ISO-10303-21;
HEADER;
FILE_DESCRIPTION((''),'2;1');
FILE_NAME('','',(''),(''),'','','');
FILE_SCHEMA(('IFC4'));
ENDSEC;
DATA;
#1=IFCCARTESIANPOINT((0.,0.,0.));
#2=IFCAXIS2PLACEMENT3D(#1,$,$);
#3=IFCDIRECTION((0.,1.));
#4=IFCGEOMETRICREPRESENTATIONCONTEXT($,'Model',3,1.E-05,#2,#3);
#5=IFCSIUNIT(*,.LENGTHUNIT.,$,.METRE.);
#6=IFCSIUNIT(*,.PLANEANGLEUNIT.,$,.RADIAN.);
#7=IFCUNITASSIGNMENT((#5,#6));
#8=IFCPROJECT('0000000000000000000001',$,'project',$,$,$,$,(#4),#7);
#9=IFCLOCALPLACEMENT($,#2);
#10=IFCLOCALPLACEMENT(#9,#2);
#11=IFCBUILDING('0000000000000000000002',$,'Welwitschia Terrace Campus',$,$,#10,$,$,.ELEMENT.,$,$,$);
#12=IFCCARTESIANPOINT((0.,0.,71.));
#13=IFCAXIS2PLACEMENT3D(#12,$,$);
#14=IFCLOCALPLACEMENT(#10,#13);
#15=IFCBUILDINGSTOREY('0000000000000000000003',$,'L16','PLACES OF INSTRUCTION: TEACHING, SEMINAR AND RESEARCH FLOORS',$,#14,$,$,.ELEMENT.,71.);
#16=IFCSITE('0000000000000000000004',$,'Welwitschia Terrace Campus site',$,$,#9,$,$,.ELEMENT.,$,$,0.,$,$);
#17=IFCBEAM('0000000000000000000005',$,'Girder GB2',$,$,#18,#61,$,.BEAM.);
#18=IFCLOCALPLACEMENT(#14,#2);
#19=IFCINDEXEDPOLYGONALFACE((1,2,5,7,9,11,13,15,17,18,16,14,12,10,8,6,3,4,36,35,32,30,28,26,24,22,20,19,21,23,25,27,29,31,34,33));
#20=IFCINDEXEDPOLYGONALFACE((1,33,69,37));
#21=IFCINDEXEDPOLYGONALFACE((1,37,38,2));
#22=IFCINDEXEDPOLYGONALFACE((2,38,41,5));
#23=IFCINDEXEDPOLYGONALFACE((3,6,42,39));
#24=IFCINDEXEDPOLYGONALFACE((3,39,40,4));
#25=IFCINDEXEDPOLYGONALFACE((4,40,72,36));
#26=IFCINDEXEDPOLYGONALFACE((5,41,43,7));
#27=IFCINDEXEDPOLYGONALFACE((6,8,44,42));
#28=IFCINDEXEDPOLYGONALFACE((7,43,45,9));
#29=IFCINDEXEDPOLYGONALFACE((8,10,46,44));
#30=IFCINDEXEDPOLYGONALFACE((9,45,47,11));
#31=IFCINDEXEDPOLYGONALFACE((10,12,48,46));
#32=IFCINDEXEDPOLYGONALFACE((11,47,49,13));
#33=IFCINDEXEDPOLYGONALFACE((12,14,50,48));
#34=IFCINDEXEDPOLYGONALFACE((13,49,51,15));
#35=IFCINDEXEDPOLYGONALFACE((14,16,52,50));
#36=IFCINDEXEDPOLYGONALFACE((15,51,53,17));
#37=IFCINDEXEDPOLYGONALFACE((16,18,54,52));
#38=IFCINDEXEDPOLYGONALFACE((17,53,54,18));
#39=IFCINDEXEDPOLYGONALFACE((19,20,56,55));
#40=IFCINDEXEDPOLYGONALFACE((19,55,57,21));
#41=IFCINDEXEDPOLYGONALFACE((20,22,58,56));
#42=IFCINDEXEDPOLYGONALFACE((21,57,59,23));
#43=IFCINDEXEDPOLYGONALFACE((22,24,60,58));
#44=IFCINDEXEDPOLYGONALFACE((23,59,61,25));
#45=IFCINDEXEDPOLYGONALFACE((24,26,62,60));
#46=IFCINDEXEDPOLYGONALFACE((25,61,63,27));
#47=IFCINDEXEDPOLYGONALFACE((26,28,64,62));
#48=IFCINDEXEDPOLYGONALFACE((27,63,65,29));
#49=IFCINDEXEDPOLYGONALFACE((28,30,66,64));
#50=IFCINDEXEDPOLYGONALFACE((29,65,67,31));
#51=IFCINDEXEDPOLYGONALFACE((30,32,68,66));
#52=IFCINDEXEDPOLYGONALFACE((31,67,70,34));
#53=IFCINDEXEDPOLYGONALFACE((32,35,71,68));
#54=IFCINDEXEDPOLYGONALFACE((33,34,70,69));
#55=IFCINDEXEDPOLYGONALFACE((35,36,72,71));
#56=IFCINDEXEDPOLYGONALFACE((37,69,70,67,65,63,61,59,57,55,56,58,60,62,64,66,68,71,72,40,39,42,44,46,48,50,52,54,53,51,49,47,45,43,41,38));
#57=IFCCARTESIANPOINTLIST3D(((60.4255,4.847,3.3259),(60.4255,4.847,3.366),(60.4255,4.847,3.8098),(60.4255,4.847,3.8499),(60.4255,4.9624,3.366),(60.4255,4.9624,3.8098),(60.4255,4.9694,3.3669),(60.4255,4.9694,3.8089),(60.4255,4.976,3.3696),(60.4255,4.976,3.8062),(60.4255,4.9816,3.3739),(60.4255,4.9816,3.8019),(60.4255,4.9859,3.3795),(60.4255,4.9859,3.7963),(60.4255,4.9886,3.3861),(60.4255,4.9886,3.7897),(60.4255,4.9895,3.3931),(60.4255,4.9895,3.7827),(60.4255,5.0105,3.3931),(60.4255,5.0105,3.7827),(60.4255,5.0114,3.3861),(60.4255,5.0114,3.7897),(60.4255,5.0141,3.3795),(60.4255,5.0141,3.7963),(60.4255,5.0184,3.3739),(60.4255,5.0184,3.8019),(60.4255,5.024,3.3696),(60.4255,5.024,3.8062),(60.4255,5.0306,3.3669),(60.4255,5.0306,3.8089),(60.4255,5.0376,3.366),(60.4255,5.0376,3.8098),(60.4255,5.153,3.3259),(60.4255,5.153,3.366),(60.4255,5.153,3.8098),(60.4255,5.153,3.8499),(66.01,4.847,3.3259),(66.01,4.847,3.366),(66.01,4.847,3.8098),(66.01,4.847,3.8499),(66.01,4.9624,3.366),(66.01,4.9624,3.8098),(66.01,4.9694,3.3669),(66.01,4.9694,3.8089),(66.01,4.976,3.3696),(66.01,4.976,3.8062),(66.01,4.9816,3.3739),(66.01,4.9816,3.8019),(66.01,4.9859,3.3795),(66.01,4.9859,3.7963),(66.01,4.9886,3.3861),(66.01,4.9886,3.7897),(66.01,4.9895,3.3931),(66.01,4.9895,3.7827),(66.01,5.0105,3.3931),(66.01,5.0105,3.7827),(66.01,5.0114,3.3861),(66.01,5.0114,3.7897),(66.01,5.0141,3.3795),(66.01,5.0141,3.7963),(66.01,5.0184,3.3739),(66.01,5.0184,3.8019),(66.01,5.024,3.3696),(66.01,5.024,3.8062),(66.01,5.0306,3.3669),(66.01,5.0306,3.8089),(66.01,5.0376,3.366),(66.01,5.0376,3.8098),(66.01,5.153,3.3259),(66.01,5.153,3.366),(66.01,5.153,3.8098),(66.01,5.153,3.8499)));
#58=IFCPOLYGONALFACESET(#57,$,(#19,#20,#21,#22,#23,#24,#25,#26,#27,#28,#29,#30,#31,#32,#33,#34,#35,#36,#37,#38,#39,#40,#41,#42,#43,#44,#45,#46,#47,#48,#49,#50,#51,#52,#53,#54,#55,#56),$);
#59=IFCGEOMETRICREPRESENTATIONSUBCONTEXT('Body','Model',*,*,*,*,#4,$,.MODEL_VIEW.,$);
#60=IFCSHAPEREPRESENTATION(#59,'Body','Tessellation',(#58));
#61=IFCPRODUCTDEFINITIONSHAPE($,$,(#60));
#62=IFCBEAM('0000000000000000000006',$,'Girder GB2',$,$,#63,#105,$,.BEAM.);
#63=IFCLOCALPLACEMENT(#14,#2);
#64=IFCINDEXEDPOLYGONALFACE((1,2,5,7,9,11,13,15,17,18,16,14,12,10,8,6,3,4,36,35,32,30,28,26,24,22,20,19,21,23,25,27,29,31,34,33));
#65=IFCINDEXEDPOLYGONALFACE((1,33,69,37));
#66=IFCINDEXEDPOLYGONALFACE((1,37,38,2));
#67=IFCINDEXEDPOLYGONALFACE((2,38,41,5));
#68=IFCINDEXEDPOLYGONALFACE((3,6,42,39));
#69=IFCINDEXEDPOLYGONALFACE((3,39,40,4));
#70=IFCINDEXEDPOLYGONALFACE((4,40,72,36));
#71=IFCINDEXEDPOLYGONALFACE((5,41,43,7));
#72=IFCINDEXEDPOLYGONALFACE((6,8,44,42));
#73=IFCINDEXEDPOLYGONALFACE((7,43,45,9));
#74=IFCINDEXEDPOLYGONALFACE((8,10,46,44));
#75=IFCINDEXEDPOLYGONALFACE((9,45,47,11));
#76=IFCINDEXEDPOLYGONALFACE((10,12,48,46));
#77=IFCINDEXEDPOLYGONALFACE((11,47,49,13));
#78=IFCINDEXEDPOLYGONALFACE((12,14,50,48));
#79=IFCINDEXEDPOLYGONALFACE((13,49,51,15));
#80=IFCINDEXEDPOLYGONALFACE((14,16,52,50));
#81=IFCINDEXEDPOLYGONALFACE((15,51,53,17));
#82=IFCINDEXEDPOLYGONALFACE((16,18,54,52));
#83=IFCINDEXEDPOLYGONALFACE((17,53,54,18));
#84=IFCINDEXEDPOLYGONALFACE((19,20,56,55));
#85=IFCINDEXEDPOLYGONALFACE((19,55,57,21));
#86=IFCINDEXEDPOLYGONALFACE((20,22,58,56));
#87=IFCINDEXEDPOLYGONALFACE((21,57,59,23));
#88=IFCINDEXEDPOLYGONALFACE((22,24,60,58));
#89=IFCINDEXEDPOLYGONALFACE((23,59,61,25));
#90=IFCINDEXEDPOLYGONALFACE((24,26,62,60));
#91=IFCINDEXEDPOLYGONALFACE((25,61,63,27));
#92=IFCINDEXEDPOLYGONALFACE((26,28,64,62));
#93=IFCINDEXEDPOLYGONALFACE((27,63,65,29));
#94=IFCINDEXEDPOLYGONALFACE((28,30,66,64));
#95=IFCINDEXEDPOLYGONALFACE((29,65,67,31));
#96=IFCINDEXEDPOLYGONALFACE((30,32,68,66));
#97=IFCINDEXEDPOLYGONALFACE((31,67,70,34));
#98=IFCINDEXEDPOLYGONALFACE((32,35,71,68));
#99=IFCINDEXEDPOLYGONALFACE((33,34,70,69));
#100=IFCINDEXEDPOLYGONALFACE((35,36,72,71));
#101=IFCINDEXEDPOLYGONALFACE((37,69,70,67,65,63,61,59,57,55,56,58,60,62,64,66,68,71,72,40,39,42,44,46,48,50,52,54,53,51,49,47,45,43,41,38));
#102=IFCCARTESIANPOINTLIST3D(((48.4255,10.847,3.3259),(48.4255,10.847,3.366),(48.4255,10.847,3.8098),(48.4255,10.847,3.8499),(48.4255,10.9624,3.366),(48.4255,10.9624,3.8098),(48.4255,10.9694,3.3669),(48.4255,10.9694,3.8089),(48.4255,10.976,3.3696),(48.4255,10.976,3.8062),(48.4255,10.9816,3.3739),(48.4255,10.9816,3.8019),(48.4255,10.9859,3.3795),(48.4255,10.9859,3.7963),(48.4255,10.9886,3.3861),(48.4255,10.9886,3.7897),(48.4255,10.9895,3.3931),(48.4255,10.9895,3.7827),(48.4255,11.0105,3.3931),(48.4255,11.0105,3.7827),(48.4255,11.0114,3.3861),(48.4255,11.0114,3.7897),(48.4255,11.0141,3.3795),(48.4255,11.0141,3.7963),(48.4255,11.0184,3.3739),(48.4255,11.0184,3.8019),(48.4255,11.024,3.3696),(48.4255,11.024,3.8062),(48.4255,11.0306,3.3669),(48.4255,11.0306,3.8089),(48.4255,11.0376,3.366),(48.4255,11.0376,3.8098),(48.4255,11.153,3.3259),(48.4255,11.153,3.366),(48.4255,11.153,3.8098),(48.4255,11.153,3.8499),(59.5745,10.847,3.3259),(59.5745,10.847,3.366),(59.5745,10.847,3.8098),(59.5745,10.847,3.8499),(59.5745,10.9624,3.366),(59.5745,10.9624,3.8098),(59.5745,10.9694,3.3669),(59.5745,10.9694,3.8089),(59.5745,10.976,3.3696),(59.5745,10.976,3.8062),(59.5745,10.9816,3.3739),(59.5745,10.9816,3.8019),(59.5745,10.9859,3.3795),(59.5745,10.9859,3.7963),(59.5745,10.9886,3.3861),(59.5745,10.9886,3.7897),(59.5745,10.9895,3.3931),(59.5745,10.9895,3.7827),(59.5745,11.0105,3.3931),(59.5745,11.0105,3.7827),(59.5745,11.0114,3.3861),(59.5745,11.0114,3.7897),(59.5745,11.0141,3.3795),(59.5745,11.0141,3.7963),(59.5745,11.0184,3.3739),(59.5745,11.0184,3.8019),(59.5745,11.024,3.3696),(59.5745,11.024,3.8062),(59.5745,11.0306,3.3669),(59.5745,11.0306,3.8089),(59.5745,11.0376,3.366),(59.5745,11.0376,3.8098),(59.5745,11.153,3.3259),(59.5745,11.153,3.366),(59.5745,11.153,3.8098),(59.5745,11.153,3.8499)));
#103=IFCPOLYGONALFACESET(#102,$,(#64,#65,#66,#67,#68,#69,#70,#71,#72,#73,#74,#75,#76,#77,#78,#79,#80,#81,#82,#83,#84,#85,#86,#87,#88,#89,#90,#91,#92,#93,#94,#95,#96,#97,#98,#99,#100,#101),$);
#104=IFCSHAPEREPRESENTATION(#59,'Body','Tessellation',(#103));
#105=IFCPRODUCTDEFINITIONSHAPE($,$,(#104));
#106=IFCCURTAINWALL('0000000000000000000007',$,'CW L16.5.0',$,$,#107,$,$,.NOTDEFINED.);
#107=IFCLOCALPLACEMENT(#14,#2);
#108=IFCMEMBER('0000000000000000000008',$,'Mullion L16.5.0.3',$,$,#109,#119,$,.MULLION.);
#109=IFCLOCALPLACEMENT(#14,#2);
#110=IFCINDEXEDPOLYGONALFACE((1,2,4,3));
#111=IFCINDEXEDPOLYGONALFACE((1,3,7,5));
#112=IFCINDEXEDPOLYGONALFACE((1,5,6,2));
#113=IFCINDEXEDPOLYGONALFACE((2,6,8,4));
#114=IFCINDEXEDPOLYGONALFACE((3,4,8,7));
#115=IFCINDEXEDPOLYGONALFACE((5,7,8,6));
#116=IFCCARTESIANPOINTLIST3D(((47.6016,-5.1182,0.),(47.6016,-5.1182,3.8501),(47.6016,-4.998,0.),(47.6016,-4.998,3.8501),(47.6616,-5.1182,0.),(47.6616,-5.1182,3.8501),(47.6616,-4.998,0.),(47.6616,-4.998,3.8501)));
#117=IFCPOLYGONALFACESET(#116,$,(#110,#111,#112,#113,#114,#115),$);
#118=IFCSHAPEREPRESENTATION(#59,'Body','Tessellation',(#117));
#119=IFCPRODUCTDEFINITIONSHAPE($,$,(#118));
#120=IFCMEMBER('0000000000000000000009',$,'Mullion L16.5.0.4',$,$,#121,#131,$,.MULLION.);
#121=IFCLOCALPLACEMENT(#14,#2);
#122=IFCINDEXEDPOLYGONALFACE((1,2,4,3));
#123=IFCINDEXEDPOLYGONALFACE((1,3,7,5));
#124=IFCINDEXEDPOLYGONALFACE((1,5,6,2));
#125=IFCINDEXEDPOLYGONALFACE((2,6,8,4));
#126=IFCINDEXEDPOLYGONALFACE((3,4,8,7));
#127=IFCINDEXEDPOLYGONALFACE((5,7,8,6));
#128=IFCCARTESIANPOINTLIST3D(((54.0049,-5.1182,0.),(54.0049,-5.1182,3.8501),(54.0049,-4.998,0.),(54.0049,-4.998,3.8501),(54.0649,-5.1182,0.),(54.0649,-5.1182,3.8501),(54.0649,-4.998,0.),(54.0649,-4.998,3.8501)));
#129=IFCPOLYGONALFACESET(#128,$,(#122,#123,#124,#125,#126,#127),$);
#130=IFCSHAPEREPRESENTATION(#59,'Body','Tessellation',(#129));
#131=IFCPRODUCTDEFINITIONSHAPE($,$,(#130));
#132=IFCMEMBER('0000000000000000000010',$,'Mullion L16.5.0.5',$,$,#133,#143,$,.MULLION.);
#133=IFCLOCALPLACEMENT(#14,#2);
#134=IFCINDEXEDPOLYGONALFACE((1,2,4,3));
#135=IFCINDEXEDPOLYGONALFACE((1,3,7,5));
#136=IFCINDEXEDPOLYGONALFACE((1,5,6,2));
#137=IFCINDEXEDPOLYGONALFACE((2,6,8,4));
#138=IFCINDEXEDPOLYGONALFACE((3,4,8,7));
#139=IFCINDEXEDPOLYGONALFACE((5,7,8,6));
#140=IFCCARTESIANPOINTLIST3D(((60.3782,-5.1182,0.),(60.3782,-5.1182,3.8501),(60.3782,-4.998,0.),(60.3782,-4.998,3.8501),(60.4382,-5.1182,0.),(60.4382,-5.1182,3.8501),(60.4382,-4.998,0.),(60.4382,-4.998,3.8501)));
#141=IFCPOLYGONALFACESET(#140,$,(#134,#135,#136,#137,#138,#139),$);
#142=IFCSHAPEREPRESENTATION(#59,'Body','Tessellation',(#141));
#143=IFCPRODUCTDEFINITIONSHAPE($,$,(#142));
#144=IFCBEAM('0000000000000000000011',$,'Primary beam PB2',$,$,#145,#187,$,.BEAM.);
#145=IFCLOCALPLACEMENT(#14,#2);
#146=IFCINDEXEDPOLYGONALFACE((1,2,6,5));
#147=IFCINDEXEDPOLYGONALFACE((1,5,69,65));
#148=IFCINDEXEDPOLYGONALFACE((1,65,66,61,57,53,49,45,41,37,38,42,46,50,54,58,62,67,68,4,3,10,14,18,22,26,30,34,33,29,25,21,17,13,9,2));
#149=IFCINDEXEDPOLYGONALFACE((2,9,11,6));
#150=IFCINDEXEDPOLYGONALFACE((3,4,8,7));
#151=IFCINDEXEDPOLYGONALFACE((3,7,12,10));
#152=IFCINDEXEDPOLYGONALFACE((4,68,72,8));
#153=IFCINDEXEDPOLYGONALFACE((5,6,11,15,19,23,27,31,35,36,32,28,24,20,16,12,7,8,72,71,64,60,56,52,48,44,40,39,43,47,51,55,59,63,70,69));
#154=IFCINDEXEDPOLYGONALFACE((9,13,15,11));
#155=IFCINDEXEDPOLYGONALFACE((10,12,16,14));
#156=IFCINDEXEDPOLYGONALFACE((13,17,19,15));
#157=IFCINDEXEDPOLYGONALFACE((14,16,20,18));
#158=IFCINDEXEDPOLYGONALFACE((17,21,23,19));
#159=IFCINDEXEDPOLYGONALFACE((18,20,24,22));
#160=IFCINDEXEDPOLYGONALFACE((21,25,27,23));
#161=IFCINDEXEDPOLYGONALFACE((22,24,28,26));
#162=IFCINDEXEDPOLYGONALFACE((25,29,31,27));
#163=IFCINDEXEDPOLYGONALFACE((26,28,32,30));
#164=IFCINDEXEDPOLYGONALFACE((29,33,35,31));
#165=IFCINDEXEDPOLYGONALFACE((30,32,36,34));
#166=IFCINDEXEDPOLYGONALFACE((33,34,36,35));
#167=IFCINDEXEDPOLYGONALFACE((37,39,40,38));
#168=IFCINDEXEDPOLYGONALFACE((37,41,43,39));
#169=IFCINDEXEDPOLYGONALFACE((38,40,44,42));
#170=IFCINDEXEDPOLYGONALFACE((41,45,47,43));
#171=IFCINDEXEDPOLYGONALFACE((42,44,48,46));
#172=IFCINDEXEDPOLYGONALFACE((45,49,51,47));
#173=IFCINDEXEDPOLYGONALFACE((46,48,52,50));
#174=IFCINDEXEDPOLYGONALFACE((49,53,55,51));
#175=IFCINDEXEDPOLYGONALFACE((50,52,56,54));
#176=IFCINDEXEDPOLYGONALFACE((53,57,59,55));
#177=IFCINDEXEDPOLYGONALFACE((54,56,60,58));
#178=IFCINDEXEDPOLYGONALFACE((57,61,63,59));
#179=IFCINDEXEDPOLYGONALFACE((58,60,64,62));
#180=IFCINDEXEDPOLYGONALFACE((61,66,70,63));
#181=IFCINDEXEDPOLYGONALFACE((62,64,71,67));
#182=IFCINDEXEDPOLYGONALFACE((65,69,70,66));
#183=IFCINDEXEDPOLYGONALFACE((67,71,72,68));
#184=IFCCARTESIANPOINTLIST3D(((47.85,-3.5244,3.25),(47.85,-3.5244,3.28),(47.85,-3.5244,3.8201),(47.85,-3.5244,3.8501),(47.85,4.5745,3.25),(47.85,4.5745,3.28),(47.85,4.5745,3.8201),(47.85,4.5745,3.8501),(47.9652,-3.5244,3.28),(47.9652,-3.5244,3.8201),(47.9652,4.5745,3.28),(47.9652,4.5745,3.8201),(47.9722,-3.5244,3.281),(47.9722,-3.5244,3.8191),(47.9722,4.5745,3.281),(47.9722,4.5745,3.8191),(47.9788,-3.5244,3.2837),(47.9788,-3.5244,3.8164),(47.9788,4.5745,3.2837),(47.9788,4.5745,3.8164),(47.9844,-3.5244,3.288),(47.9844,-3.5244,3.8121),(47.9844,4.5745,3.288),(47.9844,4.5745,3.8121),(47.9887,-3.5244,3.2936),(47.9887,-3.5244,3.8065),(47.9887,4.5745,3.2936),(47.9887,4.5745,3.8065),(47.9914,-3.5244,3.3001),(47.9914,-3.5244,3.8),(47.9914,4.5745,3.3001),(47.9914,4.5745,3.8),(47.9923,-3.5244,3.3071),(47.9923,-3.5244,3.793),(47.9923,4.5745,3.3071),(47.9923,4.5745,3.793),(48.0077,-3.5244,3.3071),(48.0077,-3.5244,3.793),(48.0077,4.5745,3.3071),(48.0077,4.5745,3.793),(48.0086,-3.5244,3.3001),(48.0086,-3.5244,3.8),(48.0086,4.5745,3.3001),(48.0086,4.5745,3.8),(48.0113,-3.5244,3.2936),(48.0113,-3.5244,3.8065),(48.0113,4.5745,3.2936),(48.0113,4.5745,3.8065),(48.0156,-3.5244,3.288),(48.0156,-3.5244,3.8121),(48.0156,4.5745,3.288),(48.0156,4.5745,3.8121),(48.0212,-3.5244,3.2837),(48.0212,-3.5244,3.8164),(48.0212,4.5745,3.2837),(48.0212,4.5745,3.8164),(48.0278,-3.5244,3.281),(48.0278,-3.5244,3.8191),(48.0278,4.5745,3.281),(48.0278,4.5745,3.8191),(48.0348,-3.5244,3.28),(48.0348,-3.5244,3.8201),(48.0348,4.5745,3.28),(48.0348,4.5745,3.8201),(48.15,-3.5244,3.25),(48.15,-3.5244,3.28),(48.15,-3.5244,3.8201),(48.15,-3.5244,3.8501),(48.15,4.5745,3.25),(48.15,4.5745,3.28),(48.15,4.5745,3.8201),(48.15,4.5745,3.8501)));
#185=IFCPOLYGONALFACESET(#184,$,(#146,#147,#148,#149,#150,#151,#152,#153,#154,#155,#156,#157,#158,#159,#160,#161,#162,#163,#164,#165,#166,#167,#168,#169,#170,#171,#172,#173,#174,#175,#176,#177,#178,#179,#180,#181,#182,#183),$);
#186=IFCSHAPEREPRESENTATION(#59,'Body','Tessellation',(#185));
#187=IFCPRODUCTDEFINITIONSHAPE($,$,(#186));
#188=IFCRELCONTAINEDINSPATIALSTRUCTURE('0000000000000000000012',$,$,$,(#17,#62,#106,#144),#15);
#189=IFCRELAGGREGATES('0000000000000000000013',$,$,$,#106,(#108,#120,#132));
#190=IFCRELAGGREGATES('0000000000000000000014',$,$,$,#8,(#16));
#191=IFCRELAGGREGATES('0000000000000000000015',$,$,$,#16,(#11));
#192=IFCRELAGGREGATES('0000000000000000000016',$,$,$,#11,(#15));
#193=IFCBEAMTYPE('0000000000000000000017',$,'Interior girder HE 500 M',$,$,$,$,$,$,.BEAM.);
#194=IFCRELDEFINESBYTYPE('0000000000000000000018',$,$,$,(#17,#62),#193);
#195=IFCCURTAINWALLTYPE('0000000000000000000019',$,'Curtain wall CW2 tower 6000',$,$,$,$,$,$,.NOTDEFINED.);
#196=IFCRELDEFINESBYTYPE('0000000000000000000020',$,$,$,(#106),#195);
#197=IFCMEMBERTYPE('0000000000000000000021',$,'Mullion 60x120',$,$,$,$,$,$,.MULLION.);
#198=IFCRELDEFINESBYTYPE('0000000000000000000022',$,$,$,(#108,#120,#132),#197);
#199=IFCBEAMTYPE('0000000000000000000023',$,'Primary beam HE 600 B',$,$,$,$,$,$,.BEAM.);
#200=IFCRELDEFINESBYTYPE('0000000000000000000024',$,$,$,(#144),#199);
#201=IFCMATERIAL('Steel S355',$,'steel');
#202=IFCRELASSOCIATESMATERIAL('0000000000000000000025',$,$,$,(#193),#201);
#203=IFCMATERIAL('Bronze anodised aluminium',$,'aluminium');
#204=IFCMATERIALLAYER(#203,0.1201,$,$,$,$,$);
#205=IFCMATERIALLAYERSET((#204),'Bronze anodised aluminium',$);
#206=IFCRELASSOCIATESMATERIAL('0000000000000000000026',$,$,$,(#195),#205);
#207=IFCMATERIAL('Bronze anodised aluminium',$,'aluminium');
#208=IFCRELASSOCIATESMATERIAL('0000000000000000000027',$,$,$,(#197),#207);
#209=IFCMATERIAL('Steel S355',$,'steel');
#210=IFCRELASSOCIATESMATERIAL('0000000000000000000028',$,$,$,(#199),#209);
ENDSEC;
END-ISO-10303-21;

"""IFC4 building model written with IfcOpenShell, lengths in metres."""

from ifc_helpers import new_model, si_unit, direction, frame, origin, origin_2d, place, context, subcontext, project, spatial, rectangle, i_section, extrude, material, layer, layer_set, material_profile, profile_set, type_object, element, aggregate, save


model = new_model("IFC4")

# Units and contexts
model_context = context("Model", 3, precision=1e-05, world=origin(), true_north=direction((0.0, 1.0)))
body_context = subcontext(model_context, "Body", "Model", "MODEL_VIEW")
ifc_project = project(units=[si_unit("LENGTHUNIT", "METRE"), si_unit("PLANEANGLEUNIT", "RADIAN")], contexts=[model_context])

# Site, building, storey
site_placement = place(None, origin())
site = spatial("IfcSite", under=ifc_project, at=site_placement, Name="Welwitschia Terrace Campus site", CompositionType="ELEMENT", RefElevation=0.0)
building_placement = place(site_placement, origin())
building = spatial("IfcBuilding", under=site, at=building_placement, Name="Welwitschia Terrace Campus", CompositionType="ELEMENT")
storey_placement = place(building_placement, frame((0.0, 0.0, 71.0)))
storey = spatial("IfcBuildingStorey", under=building, at=storey_placement, Name="L16", Description="PLACES OF INSTRUCTION: TEACHING, SEMINAR AND RESEARCH FLOORS", CompositionType="ELEMENT", Elevation=71.0)

# Beams
ifc_material_1 = material(Name="Steel S355", Category="steel")
ifc_material_profile_1 = material_profile(ifc_material_1, i_section(OverallWidth=0.3059, OverallDepth=0.5239, WebThickness=0.021, FlangeThickness=0.04, FilletRadius=0.0271, at=origin_2d()))
ifc_profile_set_1 = profile_set([ifc_material_profile_1], Name="Steel S355")
beam_type_1 = type_object("IfcBeamType", Name="Interior girder HE 500 M", PredefinedType="BEAM", material=ifc_profile_set_1)
beam_1_placement = place(storey_placement, frame((60.4255, 5.0, 3.5879), z_axis=(1.0, 0.0, 0.0), x_axis=(0.0, 1.0, 0.0)))
element("IfcBeam", 1, at=beam_1_placement, inside=storey, type_object=beam_type_1, Name="Girder GB2", PredefinedType="BEAM", context=body_context, shape_type="SweptSolid", body=[
    extrude(i_section(OverallWidth=0.3059, OverallDepth=0.5239, WebThickness=0.021, FlangeThickness=0.04, FilletRadius=0.0271, at=origin_2d()), origin(), (0.0, 0.0, 1.0), 5.5845),
])
beam_2_placement = place(storey_placement, frame((48.4255, 11.0, 3.5879), z_axis=(1.0, 0.0, 0.0), x_axis=(0.0, 1.0, 0.0)))
element("IfcBeam", 2, at=beam_2_placement, inside=storey, type_object=beam_type_1, Name="Girder GB2", PredefinedType="BEAM", context=body_context, shape_type="SweptSolid", body=[
    extrude(i_section(OverallWidth=0.3059, OverallDepth=0.5239, WebThickness=0.021, FlangeThickness=0.04, FilletRadius=0.0271, at=origin_2d()), origin(), (0.0, 0.0, 1.0), 11.1489),
])

# Curtain wall, members
ifc_material_2 = material(Name="Bronze anodised aluminium", Category="aluminium")
ifc_layer_1 = layer(ifc_material_2, 0.1201)
ifc_layer_set_1 = layer_set([ifc_layer_1], Name="Bronze anodised aluminium")
curtain_wall_type = type_object("IfcCurtainWallType", Name="Curtain wall CW2 tower 6000", PredefinedType="NOTDEFINED", material=ifc_layer_set_1)
curtain_wall_1_placement = place(storey_placement, origin())
curtain_wall_1 = element("IfcCurtainWall", 3, at=curtain_wall_1_placement, inside=storey, type_object=curtain_wall_type, Name="CW L16.5.0", PredefinedType="NOTDEFINED")
ifc_material_3 = material(Name="Bronze anodised aluminium", Category="aluminium")
ifc_material_profile_2 = material_profile(ifc_material_3, rectangle(XDim=0.1201, YDim=0.0601, at=origin_2d()))
ifc_profile_set_2 = profile_set([ifc_material_profile_2], Name="Bronze anodised aluminium")
member_type_1 = type_object("IfcMemberType", Name="Mullion 60x120", PredefinedType="MULLION", material=ifc_profile_set_2)
member_1_placement = place(storey_placement, frame((47.6316, -5.0581, 0.0), z_axis=(0.0, 0.0, 1.0), x_axis=(0.0, 1.0, 0.0)))
member_1 = element("IfcMember", 4, at=member_1_placement, type_object=member_type_1, Name="Mullion L16.5.0.3", PredefinedType="MULLION", context=body_context, shape_type="SweptSolid", body=[
    extrude(rectangle(XDim=0.1201, YDim=0.0601, at=origin_2d()), origin(), (0.0, 0.0, 1.0), 3.8501),
])
member_2_placement = place(storey_placement, frame((54.0349, -5.0581, 0.0), z_axis=(0.0, 0.0, 1.0), x_axis=(0.0, 1.0, 0.0)))
member_2 = element("IfcMember", 5, at=member_2_placement, type_object=member_type_1, Name="Mullion L16.5.0.4", PredefinedType="MULLION", context=body_context, shape_type="SweptSolid", body=[
    extrude(rectangle(XDim=0.1201, YDim=0.0601, at=origin_2d()), origin(), (0.0, 0.0, 1.0), 3.8501),
])
member_3_placement = place(storey_placement, frame((60.4082, -5.0581, 0.0), z_axis=(0.0, 0.0, 1.0), x_axis=(0.0, 1.0, 0.0)))
member_3 = element("IfcMember", 6, at=member_3_placement, type_object=member_type_1, Name="Mullion L16.5.0.5", PredefinedType="MULLION", context=body_context, shape_type="SweptSolid", body=[
    extrude(rectangle(XDim=0.1201, YDim=0.0601, at=origin_2d()), origin(), (0.0, 0.0, 1.0), 3.8501),
])

# Beam
ifc_material_4 = material(Name="Steel S355", Category="steel")
ifc_material_profile_3 = material_profile(ifc_material_4, i_section(OverallWidth=0.3, OverallDepth=0.6001, WebThickness=0.0154, FlangeThickness=0.03, FilletRadius=0.0271, at=origin_2d()))
ifc_profile_set_3 = profile_set([ifc_material_profile_3], Name="Steel S355")
beam_type_2 = type_object("IfcBeamType", Name="Primary beam HE 600 B", PredefinedType="BEAM", material=ifc_profile_set_3)
beam_3_placement = place(storey_placement, frame((48.0, -3.5244, 3.55), z_axis=(0.0, 1.0, 0.0), x_axis=(-1.0, 0.0, 0.0)))
element("IfcBeam", 7, at=beam_3_placement, inside=storey, type_object=beam_type_2, Name="Primary beam PB2", PredefinedType="BEAM", context=body_context, shape_type="SweptSolid", body=[
    extrude(i_section(OverallWidth=0.3, OverallDepth=0.6001, WebThickness=0.0154, FlangeThickness=0.03, FilletRadius=0.0271, at=origin_2d()), origin(), (0.0, 0.0, 1.0), 8.0989),
])

aggregate(curtain_wall_1, [member_1, member_2, member_3])

save(model, "model.ifc")
